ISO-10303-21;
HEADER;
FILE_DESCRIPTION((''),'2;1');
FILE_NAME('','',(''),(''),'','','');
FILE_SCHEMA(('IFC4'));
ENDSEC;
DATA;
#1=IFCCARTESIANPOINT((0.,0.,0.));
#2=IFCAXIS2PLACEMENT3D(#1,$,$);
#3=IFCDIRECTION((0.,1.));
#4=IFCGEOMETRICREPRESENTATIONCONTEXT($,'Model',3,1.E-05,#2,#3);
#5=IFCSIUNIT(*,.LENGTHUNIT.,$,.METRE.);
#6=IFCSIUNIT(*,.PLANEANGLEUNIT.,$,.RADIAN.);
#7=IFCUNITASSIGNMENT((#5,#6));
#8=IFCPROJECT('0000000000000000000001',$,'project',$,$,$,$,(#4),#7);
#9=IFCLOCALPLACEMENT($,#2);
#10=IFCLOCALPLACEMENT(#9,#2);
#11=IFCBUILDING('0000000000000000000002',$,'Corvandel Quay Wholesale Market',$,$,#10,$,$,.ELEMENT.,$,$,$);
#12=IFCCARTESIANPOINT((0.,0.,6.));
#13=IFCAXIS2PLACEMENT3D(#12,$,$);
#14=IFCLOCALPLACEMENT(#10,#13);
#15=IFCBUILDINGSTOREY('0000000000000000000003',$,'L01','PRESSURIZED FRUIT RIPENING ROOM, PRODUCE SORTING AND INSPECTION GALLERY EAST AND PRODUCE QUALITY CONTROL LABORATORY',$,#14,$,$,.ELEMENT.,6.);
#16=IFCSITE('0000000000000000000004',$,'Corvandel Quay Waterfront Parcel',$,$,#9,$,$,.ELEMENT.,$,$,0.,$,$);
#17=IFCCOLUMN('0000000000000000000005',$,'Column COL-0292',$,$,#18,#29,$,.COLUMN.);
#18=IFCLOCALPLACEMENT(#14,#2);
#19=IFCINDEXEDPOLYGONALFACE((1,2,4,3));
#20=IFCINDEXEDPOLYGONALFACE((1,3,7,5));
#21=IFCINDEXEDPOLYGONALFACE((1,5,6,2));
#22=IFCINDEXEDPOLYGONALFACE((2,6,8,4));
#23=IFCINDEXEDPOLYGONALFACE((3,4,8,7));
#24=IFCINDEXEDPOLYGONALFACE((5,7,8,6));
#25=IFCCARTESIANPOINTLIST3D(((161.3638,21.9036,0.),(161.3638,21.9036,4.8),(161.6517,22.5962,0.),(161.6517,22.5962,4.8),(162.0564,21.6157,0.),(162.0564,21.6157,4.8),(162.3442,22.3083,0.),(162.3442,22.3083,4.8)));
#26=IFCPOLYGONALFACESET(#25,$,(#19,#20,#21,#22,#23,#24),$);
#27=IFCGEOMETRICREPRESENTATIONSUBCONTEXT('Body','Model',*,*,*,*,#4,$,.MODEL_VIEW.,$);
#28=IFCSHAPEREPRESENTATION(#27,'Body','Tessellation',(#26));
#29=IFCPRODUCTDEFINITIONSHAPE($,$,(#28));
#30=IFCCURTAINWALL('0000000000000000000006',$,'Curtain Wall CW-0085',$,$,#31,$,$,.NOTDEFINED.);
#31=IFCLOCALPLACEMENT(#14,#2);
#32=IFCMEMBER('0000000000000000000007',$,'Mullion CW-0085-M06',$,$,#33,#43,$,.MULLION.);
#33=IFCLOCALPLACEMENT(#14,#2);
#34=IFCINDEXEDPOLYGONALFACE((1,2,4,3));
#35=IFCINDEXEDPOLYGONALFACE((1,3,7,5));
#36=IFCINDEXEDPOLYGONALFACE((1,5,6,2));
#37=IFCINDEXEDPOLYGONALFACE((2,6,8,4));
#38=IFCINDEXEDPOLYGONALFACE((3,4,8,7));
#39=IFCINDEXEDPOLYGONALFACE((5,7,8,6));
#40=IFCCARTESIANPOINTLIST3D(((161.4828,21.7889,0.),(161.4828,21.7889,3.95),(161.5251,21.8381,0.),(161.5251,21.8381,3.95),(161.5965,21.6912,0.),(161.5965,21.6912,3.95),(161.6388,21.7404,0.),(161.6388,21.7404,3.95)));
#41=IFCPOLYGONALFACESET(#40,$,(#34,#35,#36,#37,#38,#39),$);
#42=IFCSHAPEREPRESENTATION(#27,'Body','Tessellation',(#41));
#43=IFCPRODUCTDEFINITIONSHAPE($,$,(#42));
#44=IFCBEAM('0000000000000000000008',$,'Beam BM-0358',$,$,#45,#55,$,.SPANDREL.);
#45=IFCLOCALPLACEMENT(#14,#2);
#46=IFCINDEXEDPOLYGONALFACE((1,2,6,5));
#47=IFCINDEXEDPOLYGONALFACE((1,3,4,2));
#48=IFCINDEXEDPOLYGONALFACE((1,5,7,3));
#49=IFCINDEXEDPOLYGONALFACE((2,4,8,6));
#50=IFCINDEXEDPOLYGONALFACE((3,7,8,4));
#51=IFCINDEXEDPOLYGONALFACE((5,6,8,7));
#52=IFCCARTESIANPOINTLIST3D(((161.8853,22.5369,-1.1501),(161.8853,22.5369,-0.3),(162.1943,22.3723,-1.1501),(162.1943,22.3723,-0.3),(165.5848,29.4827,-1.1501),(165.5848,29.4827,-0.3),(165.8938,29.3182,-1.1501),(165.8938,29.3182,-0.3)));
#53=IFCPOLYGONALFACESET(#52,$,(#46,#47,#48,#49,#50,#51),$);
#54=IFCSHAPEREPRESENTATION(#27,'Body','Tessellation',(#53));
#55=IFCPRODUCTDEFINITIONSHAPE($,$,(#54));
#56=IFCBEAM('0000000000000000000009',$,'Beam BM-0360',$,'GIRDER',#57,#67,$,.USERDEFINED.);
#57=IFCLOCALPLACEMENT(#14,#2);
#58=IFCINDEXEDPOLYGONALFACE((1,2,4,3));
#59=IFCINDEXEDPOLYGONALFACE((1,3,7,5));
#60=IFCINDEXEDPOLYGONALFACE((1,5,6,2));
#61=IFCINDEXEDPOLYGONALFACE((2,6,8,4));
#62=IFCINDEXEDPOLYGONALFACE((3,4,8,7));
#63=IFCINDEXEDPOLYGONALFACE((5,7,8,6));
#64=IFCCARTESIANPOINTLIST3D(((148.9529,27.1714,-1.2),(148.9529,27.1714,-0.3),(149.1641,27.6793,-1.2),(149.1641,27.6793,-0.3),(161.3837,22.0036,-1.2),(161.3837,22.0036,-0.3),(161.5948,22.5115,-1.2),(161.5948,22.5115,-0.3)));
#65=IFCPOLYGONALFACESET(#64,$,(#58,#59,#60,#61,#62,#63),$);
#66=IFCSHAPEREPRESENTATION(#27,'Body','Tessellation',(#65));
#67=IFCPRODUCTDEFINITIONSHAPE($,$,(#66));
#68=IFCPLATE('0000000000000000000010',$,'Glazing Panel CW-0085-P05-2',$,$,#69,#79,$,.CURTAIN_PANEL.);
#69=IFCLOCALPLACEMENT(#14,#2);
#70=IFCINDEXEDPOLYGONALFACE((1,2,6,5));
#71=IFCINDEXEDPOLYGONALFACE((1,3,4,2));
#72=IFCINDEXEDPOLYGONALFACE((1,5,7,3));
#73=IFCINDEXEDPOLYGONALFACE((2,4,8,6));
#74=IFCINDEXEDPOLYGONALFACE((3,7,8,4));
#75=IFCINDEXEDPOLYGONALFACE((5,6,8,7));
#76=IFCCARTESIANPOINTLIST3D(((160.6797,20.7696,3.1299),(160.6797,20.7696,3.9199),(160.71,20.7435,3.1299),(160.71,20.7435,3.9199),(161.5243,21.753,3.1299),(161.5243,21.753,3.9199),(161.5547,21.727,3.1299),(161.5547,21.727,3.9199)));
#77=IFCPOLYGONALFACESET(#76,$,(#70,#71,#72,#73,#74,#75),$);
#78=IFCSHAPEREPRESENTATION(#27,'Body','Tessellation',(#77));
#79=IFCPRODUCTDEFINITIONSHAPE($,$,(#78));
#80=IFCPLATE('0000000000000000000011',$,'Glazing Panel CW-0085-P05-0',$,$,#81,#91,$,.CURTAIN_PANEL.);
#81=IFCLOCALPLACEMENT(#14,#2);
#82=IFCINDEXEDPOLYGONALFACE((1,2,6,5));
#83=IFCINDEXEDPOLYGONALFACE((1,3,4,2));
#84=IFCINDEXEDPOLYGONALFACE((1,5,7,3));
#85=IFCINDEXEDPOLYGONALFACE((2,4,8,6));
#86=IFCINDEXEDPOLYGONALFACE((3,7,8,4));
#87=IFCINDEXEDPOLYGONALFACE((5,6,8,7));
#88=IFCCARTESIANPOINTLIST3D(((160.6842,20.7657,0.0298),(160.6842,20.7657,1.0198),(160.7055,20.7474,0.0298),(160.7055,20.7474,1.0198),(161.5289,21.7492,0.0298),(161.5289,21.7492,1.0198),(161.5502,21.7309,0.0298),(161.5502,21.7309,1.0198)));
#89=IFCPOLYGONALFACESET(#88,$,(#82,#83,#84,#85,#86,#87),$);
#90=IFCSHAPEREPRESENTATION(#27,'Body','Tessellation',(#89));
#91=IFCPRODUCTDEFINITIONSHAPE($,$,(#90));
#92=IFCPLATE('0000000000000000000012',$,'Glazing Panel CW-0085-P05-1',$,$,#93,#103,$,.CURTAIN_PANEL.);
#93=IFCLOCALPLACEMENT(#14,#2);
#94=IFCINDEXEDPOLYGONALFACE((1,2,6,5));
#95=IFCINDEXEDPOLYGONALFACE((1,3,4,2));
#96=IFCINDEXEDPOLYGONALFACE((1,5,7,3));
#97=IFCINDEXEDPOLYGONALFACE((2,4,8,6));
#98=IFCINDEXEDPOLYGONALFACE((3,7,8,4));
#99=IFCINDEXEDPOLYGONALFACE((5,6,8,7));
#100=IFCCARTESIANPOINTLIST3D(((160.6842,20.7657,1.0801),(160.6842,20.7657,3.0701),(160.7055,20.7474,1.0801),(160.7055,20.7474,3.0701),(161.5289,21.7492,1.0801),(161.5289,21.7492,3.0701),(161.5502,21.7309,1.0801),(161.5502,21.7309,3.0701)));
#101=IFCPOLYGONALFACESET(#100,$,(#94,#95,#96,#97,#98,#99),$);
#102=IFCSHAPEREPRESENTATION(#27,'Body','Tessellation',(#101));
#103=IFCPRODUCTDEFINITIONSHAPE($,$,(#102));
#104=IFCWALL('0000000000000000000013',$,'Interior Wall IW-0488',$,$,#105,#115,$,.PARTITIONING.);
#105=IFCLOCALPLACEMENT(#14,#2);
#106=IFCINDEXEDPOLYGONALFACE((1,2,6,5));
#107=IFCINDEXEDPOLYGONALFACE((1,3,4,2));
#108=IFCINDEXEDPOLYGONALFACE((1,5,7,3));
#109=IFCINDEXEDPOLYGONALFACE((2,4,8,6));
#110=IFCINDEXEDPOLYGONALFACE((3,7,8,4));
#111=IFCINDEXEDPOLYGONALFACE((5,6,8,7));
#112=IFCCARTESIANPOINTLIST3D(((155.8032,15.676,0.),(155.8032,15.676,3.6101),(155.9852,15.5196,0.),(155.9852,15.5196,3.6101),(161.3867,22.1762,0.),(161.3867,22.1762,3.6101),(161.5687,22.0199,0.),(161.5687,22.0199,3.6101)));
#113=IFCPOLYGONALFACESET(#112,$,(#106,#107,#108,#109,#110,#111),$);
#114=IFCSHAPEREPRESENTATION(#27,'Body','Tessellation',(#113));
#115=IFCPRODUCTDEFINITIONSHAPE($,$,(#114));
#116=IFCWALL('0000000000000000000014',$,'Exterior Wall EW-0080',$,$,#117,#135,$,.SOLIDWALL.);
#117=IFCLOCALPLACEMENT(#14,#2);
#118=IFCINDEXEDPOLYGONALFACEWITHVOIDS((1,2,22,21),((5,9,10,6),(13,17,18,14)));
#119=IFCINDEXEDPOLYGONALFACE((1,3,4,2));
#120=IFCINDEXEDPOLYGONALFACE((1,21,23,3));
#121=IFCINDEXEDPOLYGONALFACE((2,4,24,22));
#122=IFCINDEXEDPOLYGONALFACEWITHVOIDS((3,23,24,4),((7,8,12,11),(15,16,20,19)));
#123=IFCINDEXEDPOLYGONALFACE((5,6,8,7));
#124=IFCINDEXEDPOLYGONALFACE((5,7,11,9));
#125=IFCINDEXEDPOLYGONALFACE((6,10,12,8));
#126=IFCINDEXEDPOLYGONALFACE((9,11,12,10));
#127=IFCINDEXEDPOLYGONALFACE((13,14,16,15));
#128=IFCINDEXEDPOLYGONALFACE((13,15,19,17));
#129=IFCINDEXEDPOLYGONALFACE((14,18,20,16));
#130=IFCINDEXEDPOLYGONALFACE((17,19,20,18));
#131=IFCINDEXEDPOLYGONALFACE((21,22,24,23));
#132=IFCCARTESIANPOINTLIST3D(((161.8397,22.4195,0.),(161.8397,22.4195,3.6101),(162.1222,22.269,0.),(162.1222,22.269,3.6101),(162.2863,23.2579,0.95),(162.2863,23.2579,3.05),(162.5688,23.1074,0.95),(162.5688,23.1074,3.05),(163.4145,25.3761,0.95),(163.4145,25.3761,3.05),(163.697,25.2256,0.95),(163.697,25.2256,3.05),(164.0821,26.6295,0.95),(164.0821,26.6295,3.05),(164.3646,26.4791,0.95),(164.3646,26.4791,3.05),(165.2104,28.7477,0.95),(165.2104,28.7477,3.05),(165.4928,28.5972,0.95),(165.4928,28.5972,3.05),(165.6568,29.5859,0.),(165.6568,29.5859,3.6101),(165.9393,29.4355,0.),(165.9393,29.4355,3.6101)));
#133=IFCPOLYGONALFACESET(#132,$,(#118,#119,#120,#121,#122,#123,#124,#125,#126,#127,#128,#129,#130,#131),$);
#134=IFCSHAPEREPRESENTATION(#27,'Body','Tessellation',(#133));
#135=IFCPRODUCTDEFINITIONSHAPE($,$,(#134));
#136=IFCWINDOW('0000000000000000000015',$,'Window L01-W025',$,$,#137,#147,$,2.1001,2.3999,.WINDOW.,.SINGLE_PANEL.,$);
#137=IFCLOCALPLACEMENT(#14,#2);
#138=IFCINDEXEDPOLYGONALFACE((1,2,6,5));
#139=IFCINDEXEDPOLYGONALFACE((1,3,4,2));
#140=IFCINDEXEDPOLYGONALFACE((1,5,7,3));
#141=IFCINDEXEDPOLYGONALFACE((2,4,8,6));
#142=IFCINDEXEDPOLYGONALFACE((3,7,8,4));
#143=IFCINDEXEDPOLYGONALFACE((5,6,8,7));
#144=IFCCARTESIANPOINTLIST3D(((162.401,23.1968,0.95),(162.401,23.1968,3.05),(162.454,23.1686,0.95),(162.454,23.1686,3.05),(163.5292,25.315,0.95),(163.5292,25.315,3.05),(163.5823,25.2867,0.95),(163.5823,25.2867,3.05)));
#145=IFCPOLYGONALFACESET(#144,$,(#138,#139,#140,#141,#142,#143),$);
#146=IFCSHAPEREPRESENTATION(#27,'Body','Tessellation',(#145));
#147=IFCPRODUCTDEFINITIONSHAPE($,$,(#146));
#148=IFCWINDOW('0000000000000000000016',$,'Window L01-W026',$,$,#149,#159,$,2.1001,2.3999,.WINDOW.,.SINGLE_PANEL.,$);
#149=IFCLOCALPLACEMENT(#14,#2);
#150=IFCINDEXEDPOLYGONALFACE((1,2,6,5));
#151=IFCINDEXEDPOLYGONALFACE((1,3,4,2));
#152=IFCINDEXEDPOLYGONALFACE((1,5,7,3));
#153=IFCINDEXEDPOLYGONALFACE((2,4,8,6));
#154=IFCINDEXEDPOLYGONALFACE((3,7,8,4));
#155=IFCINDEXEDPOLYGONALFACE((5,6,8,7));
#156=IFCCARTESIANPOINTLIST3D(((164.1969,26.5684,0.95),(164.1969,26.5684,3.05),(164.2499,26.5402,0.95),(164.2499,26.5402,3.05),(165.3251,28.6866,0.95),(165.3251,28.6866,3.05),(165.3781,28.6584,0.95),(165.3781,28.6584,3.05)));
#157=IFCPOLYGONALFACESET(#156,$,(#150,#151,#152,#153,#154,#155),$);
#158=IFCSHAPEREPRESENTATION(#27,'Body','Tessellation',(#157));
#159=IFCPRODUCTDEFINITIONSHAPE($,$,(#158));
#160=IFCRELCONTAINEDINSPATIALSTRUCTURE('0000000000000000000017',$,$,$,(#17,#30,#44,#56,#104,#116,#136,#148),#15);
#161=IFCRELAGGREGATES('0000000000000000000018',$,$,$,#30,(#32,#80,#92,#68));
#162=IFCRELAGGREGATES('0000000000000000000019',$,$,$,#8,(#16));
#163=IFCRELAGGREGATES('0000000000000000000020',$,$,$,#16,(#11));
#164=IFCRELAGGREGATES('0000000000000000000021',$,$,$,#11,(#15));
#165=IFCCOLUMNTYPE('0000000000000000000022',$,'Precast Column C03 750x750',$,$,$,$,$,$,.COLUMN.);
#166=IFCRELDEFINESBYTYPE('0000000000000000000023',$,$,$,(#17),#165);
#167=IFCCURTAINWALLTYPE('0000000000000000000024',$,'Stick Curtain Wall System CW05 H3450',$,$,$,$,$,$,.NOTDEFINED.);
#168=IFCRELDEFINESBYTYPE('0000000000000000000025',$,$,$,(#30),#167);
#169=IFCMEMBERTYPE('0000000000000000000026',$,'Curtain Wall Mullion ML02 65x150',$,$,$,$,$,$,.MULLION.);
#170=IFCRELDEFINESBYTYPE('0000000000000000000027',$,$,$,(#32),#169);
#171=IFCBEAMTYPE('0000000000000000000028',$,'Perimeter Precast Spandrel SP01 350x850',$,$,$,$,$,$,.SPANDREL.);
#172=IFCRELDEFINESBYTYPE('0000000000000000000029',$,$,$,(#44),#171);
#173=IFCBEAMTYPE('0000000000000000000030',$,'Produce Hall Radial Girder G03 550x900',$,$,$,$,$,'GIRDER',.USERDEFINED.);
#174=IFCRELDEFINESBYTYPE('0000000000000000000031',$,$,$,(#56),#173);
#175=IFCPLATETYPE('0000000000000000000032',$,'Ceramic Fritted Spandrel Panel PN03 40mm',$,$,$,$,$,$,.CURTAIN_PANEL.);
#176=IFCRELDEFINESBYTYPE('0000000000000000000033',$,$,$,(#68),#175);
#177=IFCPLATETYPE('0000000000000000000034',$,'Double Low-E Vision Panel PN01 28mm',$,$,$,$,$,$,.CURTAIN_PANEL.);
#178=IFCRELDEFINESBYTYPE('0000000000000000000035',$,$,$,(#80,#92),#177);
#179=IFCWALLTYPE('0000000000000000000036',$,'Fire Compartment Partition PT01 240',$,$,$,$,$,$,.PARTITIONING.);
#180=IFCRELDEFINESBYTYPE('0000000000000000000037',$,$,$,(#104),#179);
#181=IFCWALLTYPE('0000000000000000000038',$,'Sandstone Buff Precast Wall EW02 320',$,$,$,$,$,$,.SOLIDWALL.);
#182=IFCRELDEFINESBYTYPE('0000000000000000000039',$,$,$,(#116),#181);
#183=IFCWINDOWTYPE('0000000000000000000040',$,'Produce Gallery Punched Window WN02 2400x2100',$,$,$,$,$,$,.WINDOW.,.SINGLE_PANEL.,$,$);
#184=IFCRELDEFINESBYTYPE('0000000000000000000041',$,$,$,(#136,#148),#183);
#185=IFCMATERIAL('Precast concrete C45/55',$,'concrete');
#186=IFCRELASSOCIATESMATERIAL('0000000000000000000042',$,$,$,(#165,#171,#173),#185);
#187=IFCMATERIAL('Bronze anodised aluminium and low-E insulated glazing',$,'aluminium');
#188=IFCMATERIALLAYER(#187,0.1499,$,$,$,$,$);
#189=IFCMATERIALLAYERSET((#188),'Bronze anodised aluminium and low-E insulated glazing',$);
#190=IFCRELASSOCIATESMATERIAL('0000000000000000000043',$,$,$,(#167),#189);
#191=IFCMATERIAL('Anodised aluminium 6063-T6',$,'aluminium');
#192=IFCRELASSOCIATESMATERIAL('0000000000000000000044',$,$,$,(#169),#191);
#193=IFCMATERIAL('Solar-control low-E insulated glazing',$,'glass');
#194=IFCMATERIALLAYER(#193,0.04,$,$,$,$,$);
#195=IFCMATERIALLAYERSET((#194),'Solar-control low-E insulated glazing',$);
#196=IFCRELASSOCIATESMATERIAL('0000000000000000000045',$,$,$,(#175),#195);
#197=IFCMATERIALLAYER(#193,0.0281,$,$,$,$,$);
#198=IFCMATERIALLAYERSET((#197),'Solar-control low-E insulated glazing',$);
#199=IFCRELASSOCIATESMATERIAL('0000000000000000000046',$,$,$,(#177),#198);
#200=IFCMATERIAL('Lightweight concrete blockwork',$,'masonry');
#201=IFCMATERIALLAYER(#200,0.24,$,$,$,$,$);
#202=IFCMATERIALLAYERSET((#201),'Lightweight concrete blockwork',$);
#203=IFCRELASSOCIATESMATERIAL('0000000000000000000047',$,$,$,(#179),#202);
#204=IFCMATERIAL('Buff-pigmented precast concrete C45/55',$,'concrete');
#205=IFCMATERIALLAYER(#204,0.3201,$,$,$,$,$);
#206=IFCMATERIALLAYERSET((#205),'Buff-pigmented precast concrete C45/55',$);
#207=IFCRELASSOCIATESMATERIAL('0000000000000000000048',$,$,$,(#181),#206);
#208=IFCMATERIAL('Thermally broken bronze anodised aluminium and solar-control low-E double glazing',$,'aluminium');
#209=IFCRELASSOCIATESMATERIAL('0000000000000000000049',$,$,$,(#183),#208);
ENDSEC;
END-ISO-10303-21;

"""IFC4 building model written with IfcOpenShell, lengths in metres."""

from ifc_helpers import new_model, si_unit, direction, frame, frame_2d, origin, origin_2d, place, context, subcontext, project, spatial, rectangle, extrude, material, layer, layer_set, material_profile, profile_set, type_object, element, fill, aggregate, save


model = new_model("IFC4")

# Units and contexts
model_context = context("Model", 3, precision=1e-05, world=origin(), true_north=direction((0.0, 1.0)))
body_context = subcontext(model_context, "Body", "Model", "MODEL_VIEW")
ifc_project = project(units=[si_unit("LENGTHUNIT", "METRE"), si_unit("PLANEANGLEUNIT", "RADIAN")], contexts=[model_context])

# Site, building, storey
site_placement = place(None, origin())
site = spatial("IfcSite", under=ifc_project, at=site_placement, Name="Corvandel Quay Waterfront Parcel", CompositionType="ELEMENT", RefElevation=0.0)
building_placement = place(site_placement, origin())
building = spatial("IfcBuilding", under=site, at=building_placement, Name="Corvandel Quay Wholesale Market", CompositionType="ELEMENT")
storey_placement = place(building_placement, frame((0.0, 0.0, 6.0)))
storey = spatial("IfcBuildingStorey", under=building, at=storey_placement, Name="L01", Description="PRESSURIZED FRUIT RIPENING ROOM, PRODUCE SORTING AND INSPECTION GALLERY EAST AND PRODUCE QUALITY CONTROL LABORATORY", CompositionType="ELEMENT", Elevation=6.0)

# Column
ifc_material_1 = material(Name="Precast concrete C45/55", Category="concrete")
ifc_material_profile_1 = material_profile(ifc_material_1, rectangle(XDim=0.75, YDim=0.75, at=origin_2d()), Name="PC-COL-750x750")
ifc_profile_set_1 = profile_set([ifc_material_profile_1], Name="Precast concrete C45/55")
column_type = type_object("IfcColumnType", Name="Precast Column C03 750x750", PredefinedType="COLUMN", material=ifc_profile_set_1)
column_placement = place(storey_placement, frame((161.854, 22.106, 0.0), z_axis=(0.0, 0.0, 1.0), x_axis=(0.383812, 0.923411, 0.0)))
element("IfcColumn", 1, at=column_placement, inside=storey, type_object=column_type, Name="Column COL-0292", PredefinedType="COLUMN", context=body_context, shape_type="SweptSolid", body=[
    extrude(rectangle(XDim=0.75, YDim=0.75, at=origin_2d()), origin(), (0.0, 0.0, 1.0), 4.8),
])

# Curtain wall, member
ifc_material_2 = material(Name="Bronze anodised aluminium and low-E insulated glazing", Category="aluminium")
ifc_layer_1 = layer(ifc_material_2, 0.1499)
ifc_layer_set_1 = layer_set([ifc_layer_1], Name="Bronze anodised aluminium and low-E insulated glazing")
curtain_wall_type = type_object("IfcCurtainWallType", Name="Stick Curtain Wall System CW05 H3450", PredefinedType="NOTDEFINED", material=ifc_layer_set_1)
curtain_wall_placement = place(storey_placement, origin())
curtain_wall = element("IfcCurtainWall", 2, at=curtain_wall_placement, inside=storey, type_object=curtain_wall_type, Name="Curtain Wall CW-0085", PredefinedType="NOTDEFINED")
ifc_material_3 = material(Name="Anodised aluminium 6063-T6", Category="aluminium")
ifc_material_profile_2 = material_profile(ifc_material_3, rectangle(XDim=0.0649, YDim=0.1499, at=origin_2d()), Name="ALU-MUL-65x150")
ifc_profile_set_2 = profile_set([ifc_material_profile_2], Name="Anodised aluminium 6063-T6")
member_type = type_object("IfcMemberType", Name="Curtain Wall Mullion ML02 65x150", PredefinedType="MULLION", material=ifc_profile_set_2)
member_placement = place(storey_placement, frame((161.5608, 21.7646, 0.0), z_axis=(0.0, 0.0, 1.0), x_axis=(0.651569, 0.758589, 0.0)))
member = element("IfcMember", 3, at=member_placement, type_object=member_type, Name="Mullion CW-0085-M06", PredefinedType="MULLION", context=body_context, shape_type="SweptSolid", body=[
    extrude(rectangle(XDim=0.0649, YDim=0.1499, at=origin_2d()), origin(), (0.0, 0.0, 1.0), 3.95),
])

# Beams
ifc_material_profile_3 = material_profile(ifc_material_1, rectangle(XDim=0.3501, YDim=0.8501, at=origin_2d()), Name="PC-SPN-350x850")
ifc_profile_set_3 = profile_set([ifc_material_profile_3], Name="Precast concrete C45/55")
beam_type_1 = type_object("IfcBeamType", Name="Perimeter Precast Spandrel SP01 350x850", PredefinedType="SPANDREL", material=ifc_profile_set_3)
beam_1_placement = place(storey_placement, frame((162.0398, 22.4546, -0.7251), z_axis=(0.470097, 0.882615, 0.0), x_axis=(-0.882615, 0.470097, 0.0)))
element("IfcBeam", 4, at=beam_1_placement, inside=storey, type_object=beam_type_1, Name="Beam BM-0358", PredefinedType="SPANDREL", context=body_context, shape_type="SweptSolid", body=[
    extrude(rectangle(XDim=0.3501, YDim=0.8501, at=origin_2d()), origin(), (0.0, 0.0, 1.0), 7.8696),
])
ifc_material_profile_4 = material_profile(ifc_material_1, rectangle(XDim=0.55, YDim=0.8999, at=origin_2d()), Name="PC-GIR-550x900")
ifc_profile_set_4 = profile_set([ifc_material_profile_4], Name="Precast concrete C45/55")
beam_type_2 = type_object("IfcBeamType", Name="Produce Hall Radial Girder G03 550x900", ElementType="GIRDER", PredefinedType="USERDEFINED", material=ifc_profile_set_4)
beam_2_placement = place(storey_placement, frame((161.4893, 22.2576, -0.75), z_axis=(-0.923386, 0.383874, 0.0), x_axis=(-0.383874, -0.923386, 0.0)))
element("IfcBeam", 5, at=beam_2_placement, inside=storey, type_object=beam_type_2, Name="Beam BM-0360", ObjectType="GIRDER", PredefinedType="USERDEFINED", context=body_context, shape_type="SweptSolid", body=[
    extrude(rectangle(XDim=0.55, YDim=0.8999, at=origin_2d()), origin(), (0.0, 0.0, 1.0), 13.4622),
])

# Plates
ifc_material_4 = material(Name="Solar-control low-E insulated glazing", Category="glass")
ifc_layer_2 = layer(ifc_material_4, 0.04)
ifc_layer_set_2 = layer_set([ifc_layer_2], Name="Solar-control low-E insulated glazing")
plate_type_1 = type_object("IfcPlateType", Name="Ceramic Fritted Spandrel Panel PN03 40mm", PredefinedType="CURTAIN_PANEL", material=ifc_layer_set_2)
plate_1_placement = place(storey_placement, frame((161.1172, 21.2483, 3.1299), z_axis=(0.0, 0.0, 1.0), x_axis=(0.651569, 0.758589, 0.0)))
plate_1 = element("IfcPlate", 6, at=plate_1_placement, type_object=plate_type_1, Name="Glazing Panel CW-0085-P05-2", PredefinedType="CURTAIN_PANEL", context=body_context, shape_type="SweptSolid", body=[
    extrude(rectangle(XDim=1.2964, YDim=0.04, at=origin_2d()), origin(), (0.0, 0.0, 1.0), 0.79),
])
ifc_layer_3 = layer(ifc_material_4, 0.0281)
ifc_layer_set_3 = layer_set([ifc_layer_3], Name="Solar-control low-E insulated glazing")
plate_type_2 = type_object("IfcPlateType", Name="Double Low-E Vision Panel PN01 28mm", PredefinedType="CURTAIN_PANEL", material=ifc_layer_set_3)
plate_2_placement = place(storey_placement, frame((161.1172, 21.2483, 0.0298), z_axis=(0.0, 0.0, 1.0), x_axis=(0.651569, 0.758589, 0.0)))
plate_2 = element("IfcPlate", 7, at=plate_2_placement, type_object=plate_type_2, Name="Glazing Panel CW-0085-P05-0", PredefinedType="CURTAIN_PANEL", context=body_context, shape_type="SweptSolid", body=[
    extrude(rectangle(XDim=1.2964, YDim=0.0281, at=origin_2d()), origin(), (0.0, 0.0, 1.0), 0.99),
])
plate_3_placement = place(storey_placement, frame((161.1172, 21.2483, 1.0801), z_axis=(0.0, 0.0, 1.0), x_axis=(0.651569, 0.758589, 0.0)))
plate_3 = element("IfcPlate", 8, at=plate_3_placement, type_object=plate_type_2, Name="Glazing Panel CW-0085-P05-1", PredefinedType="CURTAIN_PANEL", context=body_context, shape_type="SweptSolid", body=[
    extrude(rectangle(XDim=1.2964, YDim=0.0281, at=origin_2d()), origin(), (0.0, 0.0, 1.0), 1.99),
])
aggregate(curtain_wall, [member, plate_2, plate_3, plate_1])

# Wall
ifc_material_5 = material(Name="Lightweight concrete blockwork", Category="masonry")
ifc_layer_4 = layer(ifc_material_5, 0.24)
ifc_layer_set_4 = layer_set([ifc_layer_4], Name="Lightweight concrete blockwork")
wall_type_1 = type_object("IfcWallType", Name="Fire Compartment Partition PT01 240", PredefinedType="PARTITIONING", material=ifc_layer_set_4)
wall_1_placement = place(storey_placement, frame((161.4778, 22.0981, 0.0), z_axis=(0.0, 0.0, 1.0), x_axis=(-0.651589, -0.758572, 0.0)))
element("IfcWall", 9, at=wall_1_placement, inside=storey, type_object=wall_type_1, Name="Interior Wall IW-0488", PredefinedType="PARTITIONING", context=body_context, shape_type="SweptSolid", body=[
    extrude(rectangle(XDim=8.5691, YDim=0.24, at=frame_2d((4.2847, 0.0))), origin(), (0.0, 0.0, 1.0), 3.6101),
])

# Wall, openings, windows
ifc_material_6 = material(Name="Buff-pigmented precast concrete C45/55", Category="concrete")
ifc_layer_5 = layer(ifc_material_6, 0.3201)
ifc_layer_set_5 = layer_set([ifc_layer_5], Name="Buff-pigmented precast concrete C45/55")
wall_type_2 = type_object("IfcWallType", Name="Sandstone Buff Precast Wall EW02 320", PredefinedType="SOLIDWALL", material=ifc_layer_set_5)
wall_2_placement = place(storey_placement, frame((161.981, 22.3442, 0.0), z_axis=(0.0, 0.0, 1.0), x_axis=(0.470109, 0.882608, 0.0)))
wall_2 = element("IfcWall", 10, at=wall_2_placement, inside=storey, type_object=wall_type_2, Name="Exterior Wall EW-0080", PredefinedType="SOLIDWALL", context=body_context, shape_type="SweptSolid", body=[
    extrude(rectangle(XDim=8.1196, YDim=0.3201, at=frame_2d((4.0598, 0.0))), origin(), (0.0, 0.0, 1.0), 3.6101),
])
opening_1_placement = place(wall_2_placement, frame((0.95, 0.0, 0.95)))
opening_1 = element("IfcOpeningElement", 11, at=opening_1_placement, cuts=wall_2, PredefinedType="OPENING", context=body_context, shape_type="SweptSolid", body=[
    extrude(rectangle(XDim=2.3999, YDim=2.1001, at=frame_2d((1.2, 1.05))), frame((0.0, 0.1699, 0.0), z_axis=(0.0, -1.0, 0.0), x_axis=(1.0, 0.0, 0.0)), (0.0, 0.0, 1.0), 0.3401),
])
opening_2_placement = place(wall_2_placement, frame((4.77, 0.0, 0.95)))
opening_2 = element("IfcOpeningElement", 12, at=opening_2_placement, cuts=wall_2, PredefinedType="OPENING", context=body_context, shape_type="SweptSolid", body=[
    extrude(rectangle(XDim=2.3999, YDim=2.1001, at=frame_2d((1.2, 1.05))), frame((0.0, 0.1699, 0.0), z_axis=(0.0, -1.0, 0.0), x_axis=(1.0, 0.0, 0.0)), (0.0, 0.0, 1.0), 0.3401),
])
ifc_material_7 = material(Name="Thermally broken bronze anodised aluminium and solar-control low-E double glazing", Category="aluminium")
window_type = type_object("IfcWindowType", Name="Produce Gallery Punched Window WN02 2400x2100", PartitioningType="SINGLE_PANEL", PredefinedType="WINDOW", material=ifc_material_7)
window_1_placement = place(opening_1_placement, origin())
window_1 = element("IfcWindow", 13, at=window_1_placement, inside=storey, type_object=window_type, Name="Window L01-W025", OverallHeight=2.1001, OverallWidth=2.3999, PartitioningType="SINGLE_PANEL", PredefinedType="WINDOW", context=body_context, shape_type="SweptSolid", body=[
    extrude(rectangle(XDim=2.3999, YDim=2.1001, at=frame_2d((1.2, 1.05))), frame((0.0, 0.03, 0.0), z_axis=(0.0, -1.0, 0.0), x_axis=(1.0, 0.0, 0.0)), (0.0, 0.0, 1.0), 0.0601),
])
fill(opening_1, window_1)
window_2_placement = place(opening_2_placement, origin())
window_2 = element("IfcWindow", 14, at=window_2_placement, inside=storey, type_object=window_type, Name="Window L01-W026", OverallHeight=2.1001, OverallWidth=2.3999, PartitioningType="SINGLE_PANEL", PredefinedType="WINDOW", context=body_context, shape_type="SweptSolid", body=[
    extrude(rectangle(XDim=2.3999, YDim=2.1001, at=frame_2d((1.2, 1.05))), frame((0.0, 0.03, 0.0), z_axis=(0.0, -1.0, 0.0), x_axis=(1.0, 0.0, 0.0)), (0.0, 0.0, 1.0), 0.0601),
])
fill(opening_2, window_2)

save(model, "model.ifc")
